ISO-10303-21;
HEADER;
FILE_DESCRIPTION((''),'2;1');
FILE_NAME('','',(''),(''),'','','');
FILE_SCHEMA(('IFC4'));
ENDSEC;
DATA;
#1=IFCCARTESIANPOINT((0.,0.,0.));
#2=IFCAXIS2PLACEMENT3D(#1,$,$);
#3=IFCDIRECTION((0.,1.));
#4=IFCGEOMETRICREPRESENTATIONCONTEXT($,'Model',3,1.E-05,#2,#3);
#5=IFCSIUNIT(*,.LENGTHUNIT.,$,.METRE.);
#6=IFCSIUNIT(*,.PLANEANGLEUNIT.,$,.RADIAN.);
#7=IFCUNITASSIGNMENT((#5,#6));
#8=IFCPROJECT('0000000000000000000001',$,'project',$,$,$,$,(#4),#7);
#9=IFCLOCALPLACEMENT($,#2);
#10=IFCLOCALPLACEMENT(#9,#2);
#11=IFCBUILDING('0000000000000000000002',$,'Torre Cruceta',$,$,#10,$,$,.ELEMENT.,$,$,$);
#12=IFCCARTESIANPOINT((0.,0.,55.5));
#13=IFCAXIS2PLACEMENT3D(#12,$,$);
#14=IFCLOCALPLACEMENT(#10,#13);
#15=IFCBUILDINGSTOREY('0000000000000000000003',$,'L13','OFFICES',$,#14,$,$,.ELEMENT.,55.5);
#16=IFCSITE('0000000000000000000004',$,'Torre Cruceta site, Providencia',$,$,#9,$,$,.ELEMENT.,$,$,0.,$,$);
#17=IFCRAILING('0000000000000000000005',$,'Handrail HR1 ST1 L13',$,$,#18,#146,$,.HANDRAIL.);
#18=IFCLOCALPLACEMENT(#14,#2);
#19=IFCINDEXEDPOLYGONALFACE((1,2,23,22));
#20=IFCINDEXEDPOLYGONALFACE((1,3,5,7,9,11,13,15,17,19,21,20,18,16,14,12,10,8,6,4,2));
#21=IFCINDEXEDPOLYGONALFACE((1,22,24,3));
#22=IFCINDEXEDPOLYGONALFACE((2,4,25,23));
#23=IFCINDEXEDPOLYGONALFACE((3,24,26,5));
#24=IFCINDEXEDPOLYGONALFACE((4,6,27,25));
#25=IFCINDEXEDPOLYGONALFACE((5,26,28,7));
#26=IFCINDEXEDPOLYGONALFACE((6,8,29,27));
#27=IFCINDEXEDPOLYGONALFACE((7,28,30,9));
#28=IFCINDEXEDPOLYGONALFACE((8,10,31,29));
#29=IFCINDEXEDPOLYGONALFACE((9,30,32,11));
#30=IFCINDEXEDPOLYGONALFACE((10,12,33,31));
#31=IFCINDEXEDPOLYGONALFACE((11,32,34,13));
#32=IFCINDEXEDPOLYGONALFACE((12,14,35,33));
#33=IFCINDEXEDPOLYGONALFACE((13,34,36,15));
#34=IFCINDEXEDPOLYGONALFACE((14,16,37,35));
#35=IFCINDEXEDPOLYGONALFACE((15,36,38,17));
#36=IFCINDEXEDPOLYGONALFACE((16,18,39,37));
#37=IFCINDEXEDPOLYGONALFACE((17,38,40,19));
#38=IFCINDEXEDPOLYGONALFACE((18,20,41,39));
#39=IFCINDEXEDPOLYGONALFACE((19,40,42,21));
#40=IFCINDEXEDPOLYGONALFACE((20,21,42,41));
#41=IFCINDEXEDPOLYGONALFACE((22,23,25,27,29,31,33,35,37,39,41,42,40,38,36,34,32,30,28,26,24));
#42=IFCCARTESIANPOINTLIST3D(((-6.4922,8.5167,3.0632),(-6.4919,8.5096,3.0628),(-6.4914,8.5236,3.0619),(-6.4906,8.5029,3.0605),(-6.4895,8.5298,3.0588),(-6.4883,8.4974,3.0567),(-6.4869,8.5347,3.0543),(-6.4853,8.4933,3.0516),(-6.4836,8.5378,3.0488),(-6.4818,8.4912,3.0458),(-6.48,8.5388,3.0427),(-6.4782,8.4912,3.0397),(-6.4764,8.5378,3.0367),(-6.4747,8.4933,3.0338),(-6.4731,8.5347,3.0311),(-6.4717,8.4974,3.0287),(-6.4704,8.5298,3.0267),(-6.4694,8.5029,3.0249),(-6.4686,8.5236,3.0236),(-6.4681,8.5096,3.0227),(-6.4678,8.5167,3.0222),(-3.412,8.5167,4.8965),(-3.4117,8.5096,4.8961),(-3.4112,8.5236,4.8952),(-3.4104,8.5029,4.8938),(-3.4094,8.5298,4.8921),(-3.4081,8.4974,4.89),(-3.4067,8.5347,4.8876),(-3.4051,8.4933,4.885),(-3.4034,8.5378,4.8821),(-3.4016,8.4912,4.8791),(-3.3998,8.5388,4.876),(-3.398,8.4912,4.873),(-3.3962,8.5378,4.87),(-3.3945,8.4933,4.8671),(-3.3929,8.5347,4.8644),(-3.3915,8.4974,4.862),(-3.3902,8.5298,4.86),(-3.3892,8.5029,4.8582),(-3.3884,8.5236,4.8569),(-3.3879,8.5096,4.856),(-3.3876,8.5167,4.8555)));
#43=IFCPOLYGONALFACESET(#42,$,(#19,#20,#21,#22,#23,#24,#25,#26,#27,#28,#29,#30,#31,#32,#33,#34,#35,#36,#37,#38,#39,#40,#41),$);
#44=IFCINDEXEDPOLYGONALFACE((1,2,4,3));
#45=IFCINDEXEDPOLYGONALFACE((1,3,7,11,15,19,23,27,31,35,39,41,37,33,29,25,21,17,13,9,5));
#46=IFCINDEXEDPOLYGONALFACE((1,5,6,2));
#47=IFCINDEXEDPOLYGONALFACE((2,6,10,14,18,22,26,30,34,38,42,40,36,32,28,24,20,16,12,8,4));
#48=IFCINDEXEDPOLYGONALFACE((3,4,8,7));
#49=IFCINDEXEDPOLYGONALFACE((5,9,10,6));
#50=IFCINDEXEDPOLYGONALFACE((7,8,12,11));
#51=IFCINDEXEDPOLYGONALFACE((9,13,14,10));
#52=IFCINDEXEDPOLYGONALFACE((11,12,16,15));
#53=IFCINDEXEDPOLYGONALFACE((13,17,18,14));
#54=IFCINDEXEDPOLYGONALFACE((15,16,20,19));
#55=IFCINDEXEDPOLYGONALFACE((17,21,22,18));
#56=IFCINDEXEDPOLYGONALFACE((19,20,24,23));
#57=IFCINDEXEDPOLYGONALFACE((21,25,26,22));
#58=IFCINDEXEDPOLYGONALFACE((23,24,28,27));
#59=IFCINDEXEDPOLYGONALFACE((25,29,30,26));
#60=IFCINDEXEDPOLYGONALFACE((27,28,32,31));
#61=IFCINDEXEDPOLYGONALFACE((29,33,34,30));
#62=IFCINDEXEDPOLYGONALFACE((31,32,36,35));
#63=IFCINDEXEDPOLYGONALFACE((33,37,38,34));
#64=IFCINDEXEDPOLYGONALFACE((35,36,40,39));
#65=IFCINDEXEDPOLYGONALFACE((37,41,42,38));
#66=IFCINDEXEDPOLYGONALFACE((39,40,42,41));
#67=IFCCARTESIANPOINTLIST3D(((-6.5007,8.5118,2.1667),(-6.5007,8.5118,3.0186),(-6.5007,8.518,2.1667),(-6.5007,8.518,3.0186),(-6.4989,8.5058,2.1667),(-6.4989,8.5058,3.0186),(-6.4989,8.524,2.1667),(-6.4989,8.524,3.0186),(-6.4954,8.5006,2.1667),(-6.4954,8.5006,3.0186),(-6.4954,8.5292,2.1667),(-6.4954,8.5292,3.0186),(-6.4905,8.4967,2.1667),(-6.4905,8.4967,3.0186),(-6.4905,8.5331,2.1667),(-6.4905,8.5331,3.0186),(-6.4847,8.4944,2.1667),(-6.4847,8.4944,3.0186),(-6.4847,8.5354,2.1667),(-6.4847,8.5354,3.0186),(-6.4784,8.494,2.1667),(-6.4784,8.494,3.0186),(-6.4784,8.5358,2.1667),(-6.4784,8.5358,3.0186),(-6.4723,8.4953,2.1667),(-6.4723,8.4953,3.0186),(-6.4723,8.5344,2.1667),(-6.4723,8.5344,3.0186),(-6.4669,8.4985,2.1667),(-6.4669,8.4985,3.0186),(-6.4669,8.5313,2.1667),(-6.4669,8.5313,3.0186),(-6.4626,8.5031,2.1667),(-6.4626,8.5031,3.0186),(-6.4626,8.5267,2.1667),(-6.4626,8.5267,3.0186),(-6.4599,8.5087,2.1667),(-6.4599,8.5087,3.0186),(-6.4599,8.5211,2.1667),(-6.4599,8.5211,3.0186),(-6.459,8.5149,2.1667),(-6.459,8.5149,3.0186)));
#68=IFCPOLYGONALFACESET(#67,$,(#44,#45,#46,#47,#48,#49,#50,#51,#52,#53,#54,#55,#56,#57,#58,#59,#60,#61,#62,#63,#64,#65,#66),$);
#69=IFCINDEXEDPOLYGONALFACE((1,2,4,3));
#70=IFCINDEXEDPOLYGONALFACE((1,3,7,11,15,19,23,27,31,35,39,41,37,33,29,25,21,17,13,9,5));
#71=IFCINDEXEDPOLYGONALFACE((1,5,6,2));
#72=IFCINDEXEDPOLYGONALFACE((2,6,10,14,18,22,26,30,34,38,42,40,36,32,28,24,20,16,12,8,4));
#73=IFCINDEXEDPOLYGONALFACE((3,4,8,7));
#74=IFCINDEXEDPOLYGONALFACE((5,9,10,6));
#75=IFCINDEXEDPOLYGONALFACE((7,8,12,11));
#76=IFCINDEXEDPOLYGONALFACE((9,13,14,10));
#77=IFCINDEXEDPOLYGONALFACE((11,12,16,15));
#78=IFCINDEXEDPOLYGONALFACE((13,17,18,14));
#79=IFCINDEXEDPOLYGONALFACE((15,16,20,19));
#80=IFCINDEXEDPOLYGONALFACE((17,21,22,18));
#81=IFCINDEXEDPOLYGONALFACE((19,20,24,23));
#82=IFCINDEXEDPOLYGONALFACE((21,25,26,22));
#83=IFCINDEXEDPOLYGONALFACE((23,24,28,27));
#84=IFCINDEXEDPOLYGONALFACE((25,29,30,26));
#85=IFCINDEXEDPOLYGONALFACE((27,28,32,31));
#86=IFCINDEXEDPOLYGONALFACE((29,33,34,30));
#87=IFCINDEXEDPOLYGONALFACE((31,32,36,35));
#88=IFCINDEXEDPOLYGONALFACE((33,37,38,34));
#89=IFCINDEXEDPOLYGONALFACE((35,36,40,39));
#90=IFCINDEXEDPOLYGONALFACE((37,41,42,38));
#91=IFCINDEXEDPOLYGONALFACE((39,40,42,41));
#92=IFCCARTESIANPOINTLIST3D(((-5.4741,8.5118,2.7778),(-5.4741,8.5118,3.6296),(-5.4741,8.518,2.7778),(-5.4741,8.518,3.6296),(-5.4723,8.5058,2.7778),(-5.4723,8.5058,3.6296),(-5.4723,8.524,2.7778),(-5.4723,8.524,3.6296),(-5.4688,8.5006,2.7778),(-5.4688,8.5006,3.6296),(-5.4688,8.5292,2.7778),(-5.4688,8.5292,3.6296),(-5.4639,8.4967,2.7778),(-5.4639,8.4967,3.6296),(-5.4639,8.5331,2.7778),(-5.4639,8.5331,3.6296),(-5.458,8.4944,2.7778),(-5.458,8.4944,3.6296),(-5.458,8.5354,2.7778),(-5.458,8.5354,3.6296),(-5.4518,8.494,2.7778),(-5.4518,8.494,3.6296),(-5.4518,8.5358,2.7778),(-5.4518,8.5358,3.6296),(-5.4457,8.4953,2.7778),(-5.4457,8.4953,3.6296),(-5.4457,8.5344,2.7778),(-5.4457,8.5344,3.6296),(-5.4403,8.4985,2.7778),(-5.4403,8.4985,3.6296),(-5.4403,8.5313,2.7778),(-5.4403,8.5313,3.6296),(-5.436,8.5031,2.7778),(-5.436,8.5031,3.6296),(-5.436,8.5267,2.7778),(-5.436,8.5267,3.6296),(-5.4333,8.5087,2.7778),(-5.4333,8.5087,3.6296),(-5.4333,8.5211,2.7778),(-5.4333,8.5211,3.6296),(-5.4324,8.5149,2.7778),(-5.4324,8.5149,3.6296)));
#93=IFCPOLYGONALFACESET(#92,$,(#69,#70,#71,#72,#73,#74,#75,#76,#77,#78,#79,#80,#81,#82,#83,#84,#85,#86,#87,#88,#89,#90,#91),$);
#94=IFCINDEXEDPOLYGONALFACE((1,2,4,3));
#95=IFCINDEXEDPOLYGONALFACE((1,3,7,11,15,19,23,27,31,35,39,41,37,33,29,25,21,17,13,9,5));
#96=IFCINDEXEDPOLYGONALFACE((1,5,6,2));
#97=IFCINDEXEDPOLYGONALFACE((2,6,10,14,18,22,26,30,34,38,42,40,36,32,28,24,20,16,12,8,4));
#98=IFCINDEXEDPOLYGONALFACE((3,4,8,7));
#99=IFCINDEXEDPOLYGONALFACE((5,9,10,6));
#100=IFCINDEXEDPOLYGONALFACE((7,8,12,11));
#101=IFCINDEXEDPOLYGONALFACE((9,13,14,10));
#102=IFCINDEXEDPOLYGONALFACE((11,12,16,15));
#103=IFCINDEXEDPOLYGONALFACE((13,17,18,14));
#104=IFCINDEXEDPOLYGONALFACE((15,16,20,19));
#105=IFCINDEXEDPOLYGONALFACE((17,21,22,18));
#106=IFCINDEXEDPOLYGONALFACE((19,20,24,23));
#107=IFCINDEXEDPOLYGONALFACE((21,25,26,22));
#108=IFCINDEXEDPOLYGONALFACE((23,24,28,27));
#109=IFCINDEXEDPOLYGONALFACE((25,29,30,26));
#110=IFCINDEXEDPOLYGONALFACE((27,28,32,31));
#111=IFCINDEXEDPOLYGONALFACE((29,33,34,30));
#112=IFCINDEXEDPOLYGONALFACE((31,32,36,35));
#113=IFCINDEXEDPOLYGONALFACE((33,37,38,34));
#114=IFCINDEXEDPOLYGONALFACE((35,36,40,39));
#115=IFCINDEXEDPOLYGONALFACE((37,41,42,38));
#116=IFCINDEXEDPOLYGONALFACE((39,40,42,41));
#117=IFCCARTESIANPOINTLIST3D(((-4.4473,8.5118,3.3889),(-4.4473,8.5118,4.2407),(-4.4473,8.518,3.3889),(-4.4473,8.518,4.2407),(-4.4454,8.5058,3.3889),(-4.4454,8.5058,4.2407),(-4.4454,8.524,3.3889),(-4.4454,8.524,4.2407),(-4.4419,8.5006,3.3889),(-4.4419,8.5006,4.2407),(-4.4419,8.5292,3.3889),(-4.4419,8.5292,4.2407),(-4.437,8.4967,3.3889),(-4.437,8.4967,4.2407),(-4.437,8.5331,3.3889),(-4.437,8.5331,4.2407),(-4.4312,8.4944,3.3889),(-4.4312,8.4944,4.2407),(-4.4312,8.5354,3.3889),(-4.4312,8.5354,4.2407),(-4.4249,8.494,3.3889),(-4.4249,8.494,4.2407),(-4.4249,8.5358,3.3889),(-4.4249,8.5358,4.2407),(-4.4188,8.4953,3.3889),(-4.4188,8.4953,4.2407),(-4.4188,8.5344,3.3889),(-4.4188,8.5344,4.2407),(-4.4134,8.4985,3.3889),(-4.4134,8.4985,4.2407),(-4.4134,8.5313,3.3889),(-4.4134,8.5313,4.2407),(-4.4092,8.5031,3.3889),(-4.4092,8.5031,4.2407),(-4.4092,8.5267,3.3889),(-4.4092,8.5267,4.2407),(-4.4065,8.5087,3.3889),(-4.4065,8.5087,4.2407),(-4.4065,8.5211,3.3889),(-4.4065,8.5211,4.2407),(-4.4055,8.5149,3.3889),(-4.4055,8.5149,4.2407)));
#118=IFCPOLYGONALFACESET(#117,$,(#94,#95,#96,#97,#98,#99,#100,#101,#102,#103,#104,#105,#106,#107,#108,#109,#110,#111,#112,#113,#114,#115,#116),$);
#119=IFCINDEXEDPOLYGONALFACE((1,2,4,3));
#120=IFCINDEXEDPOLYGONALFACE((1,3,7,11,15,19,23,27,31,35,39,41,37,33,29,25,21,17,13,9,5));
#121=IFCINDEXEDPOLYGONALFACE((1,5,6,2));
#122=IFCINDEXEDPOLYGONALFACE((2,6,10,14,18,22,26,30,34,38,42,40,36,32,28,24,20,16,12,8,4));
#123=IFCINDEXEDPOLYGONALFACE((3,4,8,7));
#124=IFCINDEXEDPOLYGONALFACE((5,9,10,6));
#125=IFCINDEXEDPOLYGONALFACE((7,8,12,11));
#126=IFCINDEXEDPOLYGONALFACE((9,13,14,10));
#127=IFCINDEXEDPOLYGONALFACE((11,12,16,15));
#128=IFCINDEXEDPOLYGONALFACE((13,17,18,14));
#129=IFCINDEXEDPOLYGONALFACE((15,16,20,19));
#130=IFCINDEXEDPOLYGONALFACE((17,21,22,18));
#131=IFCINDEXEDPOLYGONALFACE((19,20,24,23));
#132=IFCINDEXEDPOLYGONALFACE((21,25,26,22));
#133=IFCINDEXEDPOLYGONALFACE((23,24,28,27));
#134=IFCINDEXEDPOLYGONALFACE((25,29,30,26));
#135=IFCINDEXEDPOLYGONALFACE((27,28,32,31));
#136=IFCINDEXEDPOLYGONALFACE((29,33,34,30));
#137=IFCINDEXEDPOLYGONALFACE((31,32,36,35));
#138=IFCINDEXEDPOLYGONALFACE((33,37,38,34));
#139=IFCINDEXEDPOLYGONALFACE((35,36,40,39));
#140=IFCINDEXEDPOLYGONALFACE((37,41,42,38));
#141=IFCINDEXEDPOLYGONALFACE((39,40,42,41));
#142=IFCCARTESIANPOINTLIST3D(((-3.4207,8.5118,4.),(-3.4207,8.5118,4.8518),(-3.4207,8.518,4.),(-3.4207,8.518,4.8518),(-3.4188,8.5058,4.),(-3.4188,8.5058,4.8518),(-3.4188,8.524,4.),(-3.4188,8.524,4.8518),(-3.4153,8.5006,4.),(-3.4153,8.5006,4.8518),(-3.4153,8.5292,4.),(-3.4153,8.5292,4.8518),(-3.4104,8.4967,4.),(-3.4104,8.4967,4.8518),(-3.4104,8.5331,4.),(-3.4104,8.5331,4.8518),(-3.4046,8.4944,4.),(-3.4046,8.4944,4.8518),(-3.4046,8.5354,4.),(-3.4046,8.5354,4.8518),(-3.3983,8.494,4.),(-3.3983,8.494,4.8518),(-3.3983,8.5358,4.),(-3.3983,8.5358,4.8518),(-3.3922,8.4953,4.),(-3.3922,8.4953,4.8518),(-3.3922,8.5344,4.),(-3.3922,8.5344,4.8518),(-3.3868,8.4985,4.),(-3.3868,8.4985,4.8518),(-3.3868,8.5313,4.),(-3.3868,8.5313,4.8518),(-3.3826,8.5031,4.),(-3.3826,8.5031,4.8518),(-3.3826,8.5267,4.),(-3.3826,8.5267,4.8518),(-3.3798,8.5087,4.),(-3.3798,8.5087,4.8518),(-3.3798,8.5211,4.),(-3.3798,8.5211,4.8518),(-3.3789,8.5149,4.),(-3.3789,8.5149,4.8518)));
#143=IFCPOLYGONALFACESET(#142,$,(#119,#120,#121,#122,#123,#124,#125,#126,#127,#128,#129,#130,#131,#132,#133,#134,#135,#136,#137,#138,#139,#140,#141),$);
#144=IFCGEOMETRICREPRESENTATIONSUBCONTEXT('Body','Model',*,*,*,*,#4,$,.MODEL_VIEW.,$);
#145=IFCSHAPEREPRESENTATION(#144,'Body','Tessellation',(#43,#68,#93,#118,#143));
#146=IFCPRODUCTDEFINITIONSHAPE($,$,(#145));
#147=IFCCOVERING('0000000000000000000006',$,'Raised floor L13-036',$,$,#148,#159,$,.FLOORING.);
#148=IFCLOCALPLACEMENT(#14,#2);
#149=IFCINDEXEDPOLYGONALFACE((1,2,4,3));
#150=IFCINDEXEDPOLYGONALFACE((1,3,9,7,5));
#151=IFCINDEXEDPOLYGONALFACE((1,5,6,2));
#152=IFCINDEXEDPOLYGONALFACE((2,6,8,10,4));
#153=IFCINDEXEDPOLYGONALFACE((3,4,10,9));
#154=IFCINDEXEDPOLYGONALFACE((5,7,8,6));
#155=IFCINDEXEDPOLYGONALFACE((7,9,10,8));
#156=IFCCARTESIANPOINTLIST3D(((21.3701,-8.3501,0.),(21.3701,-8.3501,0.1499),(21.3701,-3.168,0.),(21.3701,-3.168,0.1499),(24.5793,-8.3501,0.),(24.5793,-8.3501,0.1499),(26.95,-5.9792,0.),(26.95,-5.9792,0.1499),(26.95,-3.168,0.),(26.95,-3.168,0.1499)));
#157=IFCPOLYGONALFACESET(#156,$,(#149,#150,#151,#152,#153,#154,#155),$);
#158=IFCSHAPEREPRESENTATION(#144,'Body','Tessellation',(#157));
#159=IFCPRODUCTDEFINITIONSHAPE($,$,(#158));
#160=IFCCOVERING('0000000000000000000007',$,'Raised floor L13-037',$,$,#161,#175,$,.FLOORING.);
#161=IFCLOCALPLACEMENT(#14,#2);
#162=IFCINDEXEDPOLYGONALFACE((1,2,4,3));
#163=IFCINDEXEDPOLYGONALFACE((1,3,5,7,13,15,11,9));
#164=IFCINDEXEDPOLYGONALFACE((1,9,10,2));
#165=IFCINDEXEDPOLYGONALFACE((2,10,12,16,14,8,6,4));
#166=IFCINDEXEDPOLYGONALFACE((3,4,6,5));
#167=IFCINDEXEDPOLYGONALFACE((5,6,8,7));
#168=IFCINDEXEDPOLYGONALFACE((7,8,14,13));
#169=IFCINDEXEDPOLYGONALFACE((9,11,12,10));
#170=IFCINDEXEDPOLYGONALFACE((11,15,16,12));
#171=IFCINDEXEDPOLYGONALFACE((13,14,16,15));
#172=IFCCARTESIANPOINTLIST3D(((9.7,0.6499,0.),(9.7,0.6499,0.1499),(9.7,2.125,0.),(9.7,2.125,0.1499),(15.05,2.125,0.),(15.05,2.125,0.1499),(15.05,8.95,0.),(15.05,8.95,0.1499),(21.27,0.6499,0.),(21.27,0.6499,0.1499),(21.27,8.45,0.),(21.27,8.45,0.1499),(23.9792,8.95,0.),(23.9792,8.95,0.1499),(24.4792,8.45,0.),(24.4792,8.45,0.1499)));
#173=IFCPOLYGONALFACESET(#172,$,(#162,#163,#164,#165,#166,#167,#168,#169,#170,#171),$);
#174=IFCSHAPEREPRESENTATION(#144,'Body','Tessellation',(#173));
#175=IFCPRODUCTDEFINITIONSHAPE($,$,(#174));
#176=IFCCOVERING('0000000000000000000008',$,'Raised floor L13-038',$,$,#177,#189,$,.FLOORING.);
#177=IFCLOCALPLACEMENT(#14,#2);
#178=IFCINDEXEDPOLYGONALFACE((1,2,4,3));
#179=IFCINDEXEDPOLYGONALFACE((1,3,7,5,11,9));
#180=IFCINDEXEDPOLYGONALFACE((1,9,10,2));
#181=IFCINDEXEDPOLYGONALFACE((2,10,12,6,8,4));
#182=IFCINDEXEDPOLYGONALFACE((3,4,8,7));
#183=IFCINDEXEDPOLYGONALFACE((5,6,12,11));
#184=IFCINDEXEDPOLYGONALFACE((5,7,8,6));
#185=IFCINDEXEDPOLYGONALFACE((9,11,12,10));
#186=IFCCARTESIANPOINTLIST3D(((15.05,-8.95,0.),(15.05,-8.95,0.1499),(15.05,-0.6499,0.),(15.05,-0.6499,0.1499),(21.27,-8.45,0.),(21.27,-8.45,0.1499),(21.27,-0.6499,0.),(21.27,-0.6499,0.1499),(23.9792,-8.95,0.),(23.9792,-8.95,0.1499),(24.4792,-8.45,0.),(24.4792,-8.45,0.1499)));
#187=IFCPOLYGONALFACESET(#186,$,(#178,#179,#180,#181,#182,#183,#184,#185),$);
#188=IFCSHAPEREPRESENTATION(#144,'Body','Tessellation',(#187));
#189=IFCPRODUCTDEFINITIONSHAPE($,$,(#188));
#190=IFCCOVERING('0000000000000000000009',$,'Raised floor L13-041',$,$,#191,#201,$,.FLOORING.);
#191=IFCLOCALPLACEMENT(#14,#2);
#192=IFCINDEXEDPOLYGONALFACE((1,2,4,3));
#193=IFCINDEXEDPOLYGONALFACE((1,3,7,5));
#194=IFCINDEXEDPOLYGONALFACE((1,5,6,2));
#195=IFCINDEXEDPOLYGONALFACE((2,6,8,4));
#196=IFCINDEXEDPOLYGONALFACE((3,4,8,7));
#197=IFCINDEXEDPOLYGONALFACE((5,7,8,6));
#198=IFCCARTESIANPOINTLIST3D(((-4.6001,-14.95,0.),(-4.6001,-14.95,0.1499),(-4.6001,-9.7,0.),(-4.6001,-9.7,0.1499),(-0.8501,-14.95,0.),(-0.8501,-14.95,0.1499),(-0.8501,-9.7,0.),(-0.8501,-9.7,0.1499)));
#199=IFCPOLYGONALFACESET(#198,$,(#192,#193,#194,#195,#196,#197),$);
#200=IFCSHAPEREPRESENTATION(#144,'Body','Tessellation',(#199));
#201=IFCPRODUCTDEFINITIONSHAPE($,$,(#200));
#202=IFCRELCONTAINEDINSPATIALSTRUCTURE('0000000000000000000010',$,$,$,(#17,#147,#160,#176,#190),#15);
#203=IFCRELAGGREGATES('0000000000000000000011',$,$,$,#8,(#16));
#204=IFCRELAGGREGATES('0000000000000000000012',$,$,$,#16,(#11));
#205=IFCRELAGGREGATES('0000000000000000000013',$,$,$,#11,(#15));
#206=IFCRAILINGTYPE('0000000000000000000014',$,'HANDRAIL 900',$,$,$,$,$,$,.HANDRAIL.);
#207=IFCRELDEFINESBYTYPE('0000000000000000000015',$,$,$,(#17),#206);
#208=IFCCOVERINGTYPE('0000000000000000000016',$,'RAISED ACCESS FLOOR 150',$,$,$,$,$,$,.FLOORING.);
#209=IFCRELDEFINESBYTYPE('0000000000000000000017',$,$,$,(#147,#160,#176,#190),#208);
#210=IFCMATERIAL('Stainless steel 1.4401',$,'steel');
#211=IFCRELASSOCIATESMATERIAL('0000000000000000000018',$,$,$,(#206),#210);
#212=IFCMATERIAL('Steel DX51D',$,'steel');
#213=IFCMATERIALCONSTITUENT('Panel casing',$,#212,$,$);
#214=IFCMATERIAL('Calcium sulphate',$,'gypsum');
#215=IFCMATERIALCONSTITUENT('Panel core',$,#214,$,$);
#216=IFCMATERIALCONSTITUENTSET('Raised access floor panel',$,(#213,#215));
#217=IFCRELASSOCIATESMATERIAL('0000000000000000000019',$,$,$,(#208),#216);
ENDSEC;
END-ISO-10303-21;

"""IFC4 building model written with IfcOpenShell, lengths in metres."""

from ifc_helpers import new_model, si_unit, direction, frame, origin, origin_2d, place, context, subcontext, project, spatial, polyline, circle, outline, extrude, material, constituent, constituent_set, type_object, element, save


model = new_model("IFC4")

# Units and contexts
model_context = context("Model", 3, precision=1e-05, world=origin(), true_north=direction((0.0, 1.0)))
body_context = subcontext(model_context, "Body", "Model", "MODEL_VIEW")
ifc_project = project(units=[si_unit("LENGTHUNIT", "METRE"), si_unit("PLANEANGLEUNIT", "RADIAN")], contexts=[model_context])

# Site, building, storey
site_placement = place(None, origin())
site = spatial("IfcSite", under=ifc_project, at=site_placement, Name="Torre Cruceta site, Providencia", CompositionType="ELEMENT", RefElevation=0.0)
building_placement = place(site_placement, origin())
building = spatial("IfcBuilding", under=site, at=building_placement, Name="Torre Cruceta", CompositionType="ELEMENT")
storey_placement = place(building_placement, frame((0.0, 0.0, 55.5)))
storey = spatial("IfcBuildingStorey", under=building, at=storey_placement, Name="L13", Description="OFFICES", CompositionType="ELEMENT", Elevation=55.5)

# Railing
ifc_material_1 = material(Name="Stainless steel 1.4401", Category="steel")
railing_type = type_object("IfcRailingType", Name="HANDRAIL 900", PredefinedType="HANDRAIL", material=ifc_material_1)
railing_1_placement = place(storey_placement, frame((-6.48, 8.5149, 2.1667)))
element("IfcRailing", 1, at=railing_1_placement, inside=storey, type_object=railing_type, Name="Handrail HR1 ST1 L13", PredefinedType="HANDRAIL", context=body_context, shape_type="SweptSolid", body=[
    extrude(circle(Radius=0.0239, at=origin_2d()), frame((0.0, 0.0, 0.876), z_axis=(0.859309, 0.0, 0.511458), x_axis=(0.0, 1.0, 0.0)), (0.0, 0.0, 1.0), 3.5845),
    extrude(circle(Radius=0.021, at=origin_2d()), origin(), (0.0, 0.0, 1.0), 0.8518),
    extrude(circle(Radius=0.021, at=origin_2d()), frame((1.0266, 0.0, 0.6111)), (0.0, 0.0, 1.0), 0.8518),
    extrude(circle(Radius=0.021, at=origin_2d()), frame((2.0535, 0.0, 1.2222)), (0.0, 0.0, 1.0), 0.8518),
    extrude(circle(Radius=0.021, at=origin_2d()), frame((3.0801, 0.0, 1.8333)), (0.0, 0.0, 1.0), 0.8518),
])

# Coverings
ifc_material_2 = material(Name="Steel DX51D", Category="steel")
ifc_constituent_1 = constituent(ifc_material_2, Name="Panel casing")
ifc_material_3 = material(Name="Calcium sulphate", Category="gypsum")
ifc_constituent_2 = constituent(ifc_material_3, Name="Panel core")
ifc_constituent_set_1 = constituent_set(constituents=[ifc_constituent_1, ifc_constituent_2], Name="Raised access floor panel")
covering_type_1 = type_object("IfcCoveringType", Name="RAISED ACCESS FLOOR 150", PredefinedType="FLOORING", material=ifc_constituent_set_1)
covering_1_placement = place(storey_placement, origin())
element("IfcCovering", 2, at=covering_1_placement, inside=storey, type_object=covering_type_1, Name="Raised floor L13-036", PredefinedType="FLOORING", context=body_context, shape_type="SweptSolid", body=[
    extrude(outline(polyline([(24.5793, -8.3501), (21.3701, -8.3501), (21.3701, -3.168), (26.95, -3.168), (26.95, -5.9792), (24.5793, -8.3501)])), origin(), (0.0, 0.0, 1.0), 0.1499),
])
covering_2_placement = place(storey_placement, origin())
element("IfcCovering", 3, at=covering_2_placement, inside=storey, type_object=covering_type_1, Name="Raised floor L13-037", PredefinedType="FLOORING", context=body_context, shape_type="SweptSolid", body=[
    extrude(outline(polyline([(9.7, 2.125), (15.05, 2.125), (15.05, 8.95), (23.9792, 8.95), (24.4792, 8.45), (21.27, 8.45), (21.27, 0.6499), (9.7, 0.6499), (9.7, 2.125)])), origin(), (0.0, 0.0, 1.0), 0.1499),
])
covering_3_placement = place(storey_placement, origin())
element("IfcCovering", 4, at=covering_3_placement, inside=storey, type_object=covering_type_1, Name="Raised floor L13-038", PredefinedType="FLOORING", context=body_context, shape_type="SweptSolid", body=[
    extrude(outline(polyline([(15.05, -8.95), (15.05, -0.6499), (21.27, -0.6499), (21.27, -8.45), (24.4792, -8.45), (23.9792, -8.95), (15.05, -8.95)])), origin(), (0.0, 0.0, 1.0), 0.1499),
])
covering_4_placement = place(storey_placement, origin())
element("IfcCovering", 5, at=covering_4_placement, inside=storey, type_object=covering_type_1, Name="Raised floor L13-041", PredefinedType="FLOORING", context=body_context, shape_type="SweptSolid", body=[
    extrude(outline(polyline([(-4.6001, -9.7), (-0.8501, -9.7), (-0.8501, -14.95), (-4.6001, -14.95), (-4.6001, -9.7)])), origin(), (0.0, 0.0, 1.0), 0.1499),
])

save(model, "model.ifc")
